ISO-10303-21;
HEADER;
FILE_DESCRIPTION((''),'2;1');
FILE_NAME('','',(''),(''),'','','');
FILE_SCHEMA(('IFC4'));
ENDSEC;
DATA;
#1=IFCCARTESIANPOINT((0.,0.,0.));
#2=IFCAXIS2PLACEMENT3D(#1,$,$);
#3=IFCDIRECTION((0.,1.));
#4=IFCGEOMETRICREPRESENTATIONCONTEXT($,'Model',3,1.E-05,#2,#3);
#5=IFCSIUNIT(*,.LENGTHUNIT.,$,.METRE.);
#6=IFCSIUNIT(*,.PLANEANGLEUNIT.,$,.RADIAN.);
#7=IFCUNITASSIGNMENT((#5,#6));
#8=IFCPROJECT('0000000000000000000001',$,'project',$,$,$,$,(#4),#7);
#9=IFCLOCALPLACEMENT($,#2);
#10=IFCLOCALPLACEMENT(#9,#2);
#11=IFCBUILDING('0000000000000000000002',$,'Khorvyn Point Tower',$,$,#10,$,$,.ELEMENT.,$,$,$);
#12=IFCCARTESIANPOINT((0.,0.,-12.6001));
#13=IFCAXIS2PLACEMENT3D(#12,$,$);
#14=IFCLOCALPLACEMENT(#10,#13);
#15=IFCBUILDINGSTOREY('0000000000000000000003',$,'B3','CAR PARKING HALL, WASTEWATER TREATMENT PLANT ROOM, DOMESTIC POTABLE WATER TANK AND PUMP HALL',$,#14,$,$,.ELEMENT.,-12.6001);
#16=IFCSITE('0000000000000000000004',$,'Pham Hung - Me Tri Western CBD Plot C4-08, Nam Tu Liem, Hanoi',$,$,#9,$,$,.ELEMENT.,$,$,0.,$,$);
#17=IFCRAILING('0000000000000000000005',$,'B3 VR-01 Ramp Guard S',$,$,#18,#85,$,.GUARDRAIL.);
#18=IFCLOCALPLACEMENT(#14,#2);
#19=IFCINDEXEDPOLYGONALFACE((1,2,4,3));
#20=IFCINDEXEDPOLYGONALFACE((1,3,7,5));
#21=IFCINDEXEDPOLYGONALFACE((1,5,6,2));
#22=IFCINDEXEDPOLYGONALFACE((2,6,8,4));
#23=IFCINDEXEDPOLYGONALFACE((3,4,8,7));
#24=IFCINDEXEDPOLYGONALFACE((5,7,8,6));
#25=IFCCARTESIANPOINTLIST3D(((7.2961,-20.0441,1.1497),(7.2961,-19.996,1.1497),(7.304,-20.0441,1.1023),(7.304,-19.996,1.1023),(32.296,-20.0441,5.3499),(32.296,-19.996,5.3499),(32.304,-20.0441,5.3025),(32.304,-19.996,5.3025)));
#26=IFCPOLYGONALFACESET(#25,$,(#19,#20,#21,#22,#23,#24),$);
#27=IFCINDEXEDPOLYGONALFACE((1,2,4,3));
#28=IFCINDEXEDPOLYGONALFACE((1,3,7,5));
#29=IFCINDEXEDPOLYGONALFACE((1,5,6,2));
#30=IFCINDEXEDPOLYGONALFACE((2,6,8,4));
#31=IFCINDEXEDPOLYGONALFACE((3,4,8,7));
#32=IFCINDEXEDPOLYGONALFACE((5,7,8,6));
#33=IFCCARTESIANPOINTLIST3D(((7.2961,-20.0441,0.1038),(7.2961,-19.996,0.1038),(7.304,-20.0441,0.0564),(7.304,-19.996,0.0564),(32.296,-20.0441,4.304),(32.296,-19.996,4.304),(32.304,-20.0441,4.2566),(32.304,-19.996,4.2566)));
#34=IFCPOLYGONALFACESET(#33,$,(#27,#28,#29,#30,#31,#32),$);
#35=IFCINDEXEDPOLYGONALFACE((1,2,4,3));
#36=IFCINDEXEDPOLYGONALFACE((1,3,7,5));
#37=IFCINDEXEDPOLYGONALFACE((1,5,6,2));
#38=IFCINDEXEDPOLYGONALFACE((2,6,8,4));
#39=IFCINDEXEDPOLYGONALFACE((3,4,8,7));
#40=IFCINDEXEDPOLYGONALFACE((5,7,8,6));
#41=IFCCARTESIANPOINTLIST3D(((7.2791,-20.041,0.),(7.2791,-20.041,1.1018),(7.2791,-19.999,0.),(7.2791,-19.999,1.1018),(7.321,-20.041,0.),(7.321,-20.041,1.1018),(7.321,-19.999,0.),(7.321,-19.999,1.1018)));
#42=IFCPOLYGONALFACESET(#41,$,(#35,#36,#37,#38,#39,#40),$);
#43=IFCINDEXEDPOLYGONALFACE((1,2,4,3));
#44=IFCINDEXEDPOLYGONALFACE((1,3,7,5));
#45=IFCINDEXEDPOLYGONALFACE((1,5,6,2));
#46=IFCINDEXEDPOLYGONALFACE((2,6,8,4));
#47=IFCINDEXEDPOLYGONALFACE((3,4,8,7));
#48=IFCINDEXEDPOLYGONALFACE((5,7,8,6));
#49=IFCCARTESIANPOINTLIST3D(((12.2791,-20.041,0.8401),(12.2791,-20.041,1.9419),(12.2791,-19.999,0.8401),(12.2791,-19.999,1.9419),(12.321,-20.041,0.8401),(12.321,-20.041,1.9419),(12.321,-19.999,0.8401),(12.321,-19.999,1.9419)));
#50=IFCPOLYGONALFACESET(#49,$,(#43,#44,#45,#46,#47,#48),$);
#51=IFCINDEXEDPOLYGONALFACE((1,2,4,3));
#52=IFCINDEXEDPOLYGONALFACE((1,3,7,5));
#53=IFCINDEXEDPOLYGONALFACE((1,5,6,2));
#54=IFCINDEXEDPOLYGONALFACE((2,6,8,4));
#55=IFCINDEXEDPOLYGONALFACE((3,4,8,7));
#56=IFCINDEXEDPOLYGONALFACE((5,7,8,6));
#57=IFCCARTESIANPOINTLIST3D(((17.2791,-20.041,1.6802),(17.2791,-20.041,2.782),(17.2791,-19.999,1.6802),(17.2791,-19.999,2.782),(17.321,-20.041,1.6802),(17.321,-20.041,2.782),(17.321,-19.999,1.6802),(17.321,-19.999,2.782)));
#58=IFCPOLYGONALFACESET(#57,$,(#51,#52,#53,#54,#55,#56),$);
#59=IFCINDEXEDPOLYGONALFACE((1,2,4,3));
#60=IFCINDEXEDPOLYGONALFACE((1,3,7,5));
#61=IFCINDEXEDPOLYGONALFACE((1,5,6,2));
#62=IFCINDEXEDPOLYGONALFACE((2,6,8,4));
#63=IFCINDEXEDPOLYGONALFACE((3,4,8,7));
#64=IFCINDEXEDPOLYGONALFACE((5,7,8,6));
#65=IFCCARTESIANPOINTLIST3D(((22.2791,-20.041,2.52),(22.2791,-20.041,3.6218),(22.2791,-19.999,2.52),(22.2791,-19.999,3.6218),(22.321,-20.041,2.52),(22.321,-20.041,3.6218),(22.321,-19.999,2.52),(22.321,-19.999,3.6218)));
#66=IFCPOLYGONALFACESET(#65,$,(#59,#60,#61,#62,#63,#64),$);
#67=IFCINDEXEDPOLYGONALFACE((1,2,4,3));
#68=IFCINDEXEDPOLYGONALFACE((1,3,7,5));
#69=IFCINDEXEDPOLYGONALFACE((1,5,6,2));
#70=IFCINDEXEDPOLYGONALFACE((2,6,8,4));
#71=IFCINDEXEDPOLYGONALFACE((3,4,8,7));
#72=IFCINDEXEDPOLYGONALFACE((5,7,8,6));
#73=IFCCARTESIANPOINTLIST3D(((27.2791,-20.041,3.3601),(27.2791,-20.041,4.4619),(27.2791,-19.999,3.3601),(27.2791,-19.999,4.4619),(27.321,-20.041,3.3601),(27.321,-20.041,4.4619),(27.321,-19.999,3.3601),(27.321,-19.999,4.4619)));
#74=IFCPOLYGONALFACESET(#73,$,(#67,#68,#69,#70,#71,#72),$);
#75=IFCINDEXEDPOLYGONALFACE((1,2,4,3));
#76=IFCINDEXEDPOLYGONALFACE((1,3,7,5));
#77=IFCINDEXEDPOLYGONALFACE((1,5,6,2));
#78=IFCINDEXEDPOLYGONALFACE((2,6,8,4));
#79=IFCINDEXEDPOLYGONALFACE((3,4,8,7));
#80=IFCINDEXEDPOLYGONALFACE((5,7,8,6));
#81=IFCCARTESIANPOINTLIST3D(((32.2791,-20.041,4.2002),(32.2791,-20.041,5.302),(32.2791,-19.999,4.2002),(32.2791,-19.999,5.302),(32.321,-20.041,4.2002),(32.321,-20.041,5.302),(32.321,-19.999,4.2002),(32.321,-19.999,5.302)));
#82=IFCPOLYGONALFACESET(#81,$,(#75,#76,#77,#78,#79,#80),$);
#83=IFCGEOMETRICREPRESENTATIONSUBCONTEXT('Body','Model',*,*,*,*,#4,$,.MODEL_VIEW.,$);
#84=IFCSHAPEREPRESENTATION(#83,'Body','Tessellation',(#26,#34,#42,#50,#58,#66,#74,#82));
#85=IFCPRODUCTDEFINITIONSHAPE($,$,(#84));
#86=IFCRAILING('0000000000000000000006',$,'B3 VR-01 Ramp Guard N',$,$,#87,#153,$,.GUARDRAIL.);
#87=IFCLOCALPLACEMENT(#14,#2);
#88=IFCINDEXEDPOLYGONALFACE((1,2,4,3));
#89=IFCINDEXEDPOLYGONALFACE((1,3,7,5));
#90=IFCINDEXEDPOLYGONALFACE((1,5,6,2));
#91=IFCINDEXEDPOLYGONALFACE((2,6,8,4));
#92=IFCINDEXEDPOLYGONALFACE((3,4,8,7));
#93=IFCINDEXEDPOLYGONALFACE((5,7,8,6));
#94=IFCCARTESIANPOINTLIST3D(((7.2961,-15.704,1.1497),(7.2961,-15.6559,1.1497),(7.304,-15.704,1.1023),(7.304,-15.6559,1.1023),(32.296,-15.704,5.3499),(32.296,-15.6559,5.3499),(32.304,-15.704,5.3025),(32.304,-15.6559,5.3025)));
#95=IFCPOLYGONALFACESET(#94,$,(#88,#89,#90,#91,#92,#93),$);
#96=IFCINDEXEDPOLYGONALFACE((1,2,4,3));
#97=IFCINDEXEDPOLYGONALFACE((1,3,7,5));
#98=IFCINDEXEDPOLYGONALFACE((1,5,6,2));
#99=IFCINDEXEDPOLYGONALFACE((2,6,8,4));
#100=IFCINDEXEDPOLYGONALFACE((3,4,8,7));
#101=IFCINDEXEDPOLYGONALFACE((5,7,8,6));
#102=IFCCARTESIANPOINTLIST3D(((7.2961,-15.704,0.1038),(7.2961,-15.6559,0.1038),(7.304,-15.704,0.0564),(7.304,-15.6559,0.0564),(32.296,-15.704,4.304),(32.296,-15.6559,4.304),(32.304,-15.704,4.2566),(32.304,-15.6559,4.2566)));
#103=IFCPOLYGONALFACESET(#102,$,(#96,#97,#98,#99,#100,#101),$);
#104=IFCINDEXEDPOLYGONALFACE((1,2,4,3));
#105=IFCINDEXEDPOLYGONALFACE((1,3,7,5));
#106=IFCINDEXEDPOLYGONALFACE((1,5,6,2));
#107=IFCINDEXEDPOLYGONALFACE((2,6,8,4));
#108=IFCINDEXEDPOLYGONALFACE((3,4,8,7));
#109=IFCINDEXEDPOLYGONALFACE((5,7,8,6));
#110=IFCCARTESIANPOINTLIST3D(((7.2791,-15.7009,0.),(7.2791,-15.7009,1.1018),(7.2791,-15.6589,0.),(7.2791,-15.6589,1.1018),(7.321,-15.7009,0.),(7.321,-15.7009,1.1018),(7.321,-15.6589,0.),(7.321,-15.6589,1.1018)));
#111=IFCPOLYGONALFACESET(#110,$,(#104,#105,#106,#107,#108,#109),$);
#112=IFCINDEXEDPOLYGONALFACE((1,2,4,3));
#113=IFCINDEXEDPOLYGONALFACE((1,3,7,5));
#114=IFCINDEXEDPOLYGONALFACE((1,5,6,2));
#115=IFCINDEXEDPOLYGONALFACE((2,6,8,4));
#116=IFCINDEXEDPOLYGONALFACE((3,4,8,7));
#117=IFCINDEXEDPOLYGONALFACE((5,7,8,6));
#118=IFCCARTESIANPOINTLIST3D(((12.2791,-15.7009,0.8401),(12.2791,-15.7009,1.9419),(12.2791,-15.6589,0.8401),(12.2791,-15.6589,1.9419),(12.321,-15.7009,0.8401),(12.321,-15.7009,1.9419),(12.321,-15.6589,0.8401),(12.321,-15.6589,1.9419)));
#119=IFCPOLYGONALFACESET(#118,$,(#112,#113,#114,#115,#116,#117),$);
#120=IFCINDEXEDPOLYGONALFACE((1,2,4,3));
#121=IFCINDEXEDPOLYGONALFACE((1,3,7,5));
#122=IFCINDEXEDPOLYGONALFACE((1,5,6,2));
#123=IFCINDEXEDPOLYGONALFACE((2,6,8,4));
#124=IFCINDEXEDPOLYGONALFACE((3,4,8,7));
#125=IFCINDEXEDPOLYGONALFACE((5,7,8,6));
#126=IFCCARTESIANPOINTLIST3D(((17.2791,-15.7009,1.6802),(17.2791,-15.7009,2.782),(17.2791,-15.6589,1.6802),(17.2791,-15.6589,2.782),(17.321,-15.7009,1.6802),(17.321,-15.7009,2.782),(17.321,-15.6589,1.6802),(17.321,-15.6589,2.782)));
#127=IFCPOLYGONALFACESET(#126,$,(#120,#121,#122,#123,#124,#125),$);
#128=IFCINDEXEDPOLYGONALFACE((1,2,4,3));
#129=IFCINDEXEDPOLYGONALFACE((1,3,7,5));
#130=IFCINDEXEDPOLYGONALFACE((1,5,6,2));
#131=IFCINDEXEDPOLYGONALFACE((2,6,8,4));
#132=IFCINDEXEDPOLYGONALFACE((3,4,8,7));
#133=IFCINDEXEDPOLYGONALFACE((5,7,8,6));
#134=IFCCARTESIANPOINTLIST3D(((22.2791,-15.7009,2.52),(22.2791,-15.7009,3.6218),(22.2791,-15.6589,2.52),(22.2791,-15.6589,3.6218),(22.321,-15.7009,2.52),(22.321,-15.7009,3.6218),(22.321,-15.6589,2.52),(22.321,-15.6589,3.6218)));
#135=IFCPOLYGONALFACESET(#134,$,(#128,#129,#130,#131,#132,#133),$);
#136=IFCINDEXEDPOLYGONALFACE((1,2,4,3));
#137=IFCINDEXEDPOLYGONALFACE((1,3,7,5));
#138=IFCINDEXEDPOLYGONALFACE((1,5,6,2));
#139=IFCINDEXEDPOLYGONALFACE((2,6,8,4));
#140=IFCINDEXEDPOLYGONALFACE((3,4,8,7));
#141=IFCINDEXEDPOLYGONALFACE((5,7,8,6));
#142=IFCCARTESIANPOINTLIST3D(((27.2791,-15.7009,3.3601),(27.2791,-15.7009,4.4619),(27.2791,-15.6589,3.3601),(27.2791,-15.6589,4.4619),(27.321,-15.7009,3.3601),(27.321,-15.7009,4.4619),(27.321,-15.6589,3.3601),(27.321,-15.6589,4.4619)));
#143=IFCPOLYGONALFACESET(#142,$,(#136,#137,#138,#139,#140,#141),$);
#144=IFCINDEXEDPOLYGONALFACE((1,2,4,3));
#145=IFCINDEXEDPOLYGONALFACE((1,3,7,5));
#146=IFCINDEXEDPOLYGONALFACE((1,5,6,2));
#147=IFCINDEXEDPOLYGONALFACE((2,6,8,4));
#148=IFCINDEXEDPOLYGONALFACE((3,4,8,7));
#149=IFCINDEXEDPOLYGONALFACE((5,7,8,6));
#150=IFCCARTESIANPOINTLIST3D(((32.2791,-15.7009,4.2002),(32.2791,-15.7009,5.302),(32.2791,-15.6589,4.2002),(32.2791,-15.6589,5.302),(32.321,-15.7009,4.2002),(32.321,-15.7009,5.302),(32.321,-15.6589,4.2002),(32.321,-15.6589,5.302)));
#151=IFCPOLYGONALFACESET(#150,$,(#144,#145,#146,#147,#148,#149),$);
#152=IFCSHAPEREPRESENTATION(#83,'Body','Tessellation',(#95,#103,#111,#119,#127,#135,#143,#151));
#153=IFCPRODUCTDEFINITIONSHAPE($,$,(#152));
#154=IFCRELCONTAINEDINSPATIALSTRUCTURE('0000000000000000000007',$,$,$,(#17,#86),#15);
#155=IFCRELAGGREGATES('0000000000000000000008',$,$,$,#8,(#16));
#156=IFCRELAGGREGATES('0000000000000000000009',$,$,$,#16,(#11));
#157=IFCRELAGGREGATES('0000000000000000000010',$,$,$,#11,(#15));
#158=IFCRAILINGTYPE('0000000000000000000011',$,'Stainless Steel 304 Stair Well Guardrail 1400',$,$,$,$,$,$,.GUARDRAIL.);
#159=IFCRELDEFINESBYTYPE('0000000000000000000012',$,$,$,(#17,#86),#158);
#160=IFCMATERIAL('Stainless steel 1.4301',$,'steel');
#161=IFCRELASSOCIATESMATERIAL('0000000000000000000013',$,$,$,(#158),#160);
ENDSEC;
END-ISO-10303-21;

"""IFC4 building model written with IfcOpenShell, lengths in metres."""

from ifc_helpers import new_model, si_unit, direction, frame, origin, origin_2d, place, context, subcontext, project, spatial, rectangle, extrude, material, type_object, element, save


model = new_model("IFC4")

# Units and contexts
model_context = context("Model", 3, precision=1e-05, world=origin(), true_north=direction((0.0, 1.0)))
body_context = subcontext(model_context, "Body", "Model", "MODEL_VIEW")
ifc_project = project(units=[si_unit("LENGTHUNIT", "METRE"), si_unit("PLANEANGLEUNIT", "RADIAN")], contexts=[model_context])

# Site, building, storey
site_placement = place(None, origin())
site = spatial("IfcSite", under=ifc_project, at=site_placement, Name="Pham Hung - Me Tri Western CBD Plot C4-08, Nam Tu Liem, Hanoi", CompositionType="ELEMENT", RefElevation=0.0)
building_placement = place(site_placement, origin())
building = spatial("IfcBuilding", under=site, at=building_placement, Name="Khorvyn Point Tower", CompositionType="ELEMENT")
storey_placement = place(building_placement, frame((0.0, 0.0, -12.6001)))
storey = spatial("IfcBuildingStorey", under=building, at=storey_placement, Name="B3", Description="CAR PARKING HALL, WASTEWATER TREATMENT PLANT ROOM, DOMESTIC POTABLE WATER TANK AND PUMP HALL", CompositionType="ELEMENT", Elevation=-12.6001)

# Railings
ifc_material_1 = material(Name="Stainless steel 1.4301", Category="steel")
railing_type_1 = type_object("IfcRailingType", Name="Stainless Steel 304 Stair Well Guardrail 1400", PredefinedType="GUARDRAIL", material=ifc_material_1)
for number, where, name in (
    (1, (7.3, -20.02, 0.0), "B3 VR-01 Ramp Guard S"),
    (2, (7.3, -15.6799, 0.0), "B3 VR-01 Ramp Guard N"),
):
    element("IfcRailing", number, at=place(storey_placement, frame(where)), inside=storey, type_object=railing_type_1, Name=name, PredefinedType="GUARDRAIL", context=body_context, shape_type="SweptSolid", body=[
        extrude(rectangle(XDim=0.0481, YDim=0.0481, at=origin_2d()), frame((0.0, 0.0, 1.126), z_axis=(0.986179, 0.0, 0.165686), x_axis=(0.0, 1.0, 0.0)), (0.0, 0.0, 1.0), 25.3503),
        extrude(rectangle(XDim=0.0481, YDim=0.0481, at=origin_2d()), frame((0.0, 0.0, 0.0801), z_axis=(0.986179, 0.0, 0.165686), x_axis=(0.0, 1.0, 0.0)), (0.0, 0.0, 1.0), 25.3503),
        extrude(rectangle(XDim=0.042, YDim=0.042, at=origin_2d()), origin(), (0.0, 0.0, 1.0), 1.1018),
        extrude(rectangle(XDim=0.042, YDim=0.042, at=origin_2d()), frame((5.0, 0.0, 0.8401)), (0.0, 0.0, 1.0), 1.1018),
        extrude(rectangle(XDim=0.042, YDim=0.042, at=origin_2d()), frame((10.0, 0.0, 1.6802)), (0.0, 0.0, 1.0), 1.1018),
        extrude(rectangle(XDim=0.042, YDim=0.042, at=origin_2d()), frame((15.0, 0.0, 2.52)), (0.0, 0.0, 1.0), 1.1018),
        extrude(rectangle(XDim=0.042, YDim=0.042, at=origin_2d()), frame((20.0, 0.0, 3.3601)), (0.0, 0.0, 1.0), 1.1018),
        extrude(rectangle(XDim=0.042, YDim=0.042, at=origin_2d()), frame((25.0, 0.0, 4.2002)), (0.0, 0.0, 1.0), 1.1018),
    ])

save(model, "model.ifc")
